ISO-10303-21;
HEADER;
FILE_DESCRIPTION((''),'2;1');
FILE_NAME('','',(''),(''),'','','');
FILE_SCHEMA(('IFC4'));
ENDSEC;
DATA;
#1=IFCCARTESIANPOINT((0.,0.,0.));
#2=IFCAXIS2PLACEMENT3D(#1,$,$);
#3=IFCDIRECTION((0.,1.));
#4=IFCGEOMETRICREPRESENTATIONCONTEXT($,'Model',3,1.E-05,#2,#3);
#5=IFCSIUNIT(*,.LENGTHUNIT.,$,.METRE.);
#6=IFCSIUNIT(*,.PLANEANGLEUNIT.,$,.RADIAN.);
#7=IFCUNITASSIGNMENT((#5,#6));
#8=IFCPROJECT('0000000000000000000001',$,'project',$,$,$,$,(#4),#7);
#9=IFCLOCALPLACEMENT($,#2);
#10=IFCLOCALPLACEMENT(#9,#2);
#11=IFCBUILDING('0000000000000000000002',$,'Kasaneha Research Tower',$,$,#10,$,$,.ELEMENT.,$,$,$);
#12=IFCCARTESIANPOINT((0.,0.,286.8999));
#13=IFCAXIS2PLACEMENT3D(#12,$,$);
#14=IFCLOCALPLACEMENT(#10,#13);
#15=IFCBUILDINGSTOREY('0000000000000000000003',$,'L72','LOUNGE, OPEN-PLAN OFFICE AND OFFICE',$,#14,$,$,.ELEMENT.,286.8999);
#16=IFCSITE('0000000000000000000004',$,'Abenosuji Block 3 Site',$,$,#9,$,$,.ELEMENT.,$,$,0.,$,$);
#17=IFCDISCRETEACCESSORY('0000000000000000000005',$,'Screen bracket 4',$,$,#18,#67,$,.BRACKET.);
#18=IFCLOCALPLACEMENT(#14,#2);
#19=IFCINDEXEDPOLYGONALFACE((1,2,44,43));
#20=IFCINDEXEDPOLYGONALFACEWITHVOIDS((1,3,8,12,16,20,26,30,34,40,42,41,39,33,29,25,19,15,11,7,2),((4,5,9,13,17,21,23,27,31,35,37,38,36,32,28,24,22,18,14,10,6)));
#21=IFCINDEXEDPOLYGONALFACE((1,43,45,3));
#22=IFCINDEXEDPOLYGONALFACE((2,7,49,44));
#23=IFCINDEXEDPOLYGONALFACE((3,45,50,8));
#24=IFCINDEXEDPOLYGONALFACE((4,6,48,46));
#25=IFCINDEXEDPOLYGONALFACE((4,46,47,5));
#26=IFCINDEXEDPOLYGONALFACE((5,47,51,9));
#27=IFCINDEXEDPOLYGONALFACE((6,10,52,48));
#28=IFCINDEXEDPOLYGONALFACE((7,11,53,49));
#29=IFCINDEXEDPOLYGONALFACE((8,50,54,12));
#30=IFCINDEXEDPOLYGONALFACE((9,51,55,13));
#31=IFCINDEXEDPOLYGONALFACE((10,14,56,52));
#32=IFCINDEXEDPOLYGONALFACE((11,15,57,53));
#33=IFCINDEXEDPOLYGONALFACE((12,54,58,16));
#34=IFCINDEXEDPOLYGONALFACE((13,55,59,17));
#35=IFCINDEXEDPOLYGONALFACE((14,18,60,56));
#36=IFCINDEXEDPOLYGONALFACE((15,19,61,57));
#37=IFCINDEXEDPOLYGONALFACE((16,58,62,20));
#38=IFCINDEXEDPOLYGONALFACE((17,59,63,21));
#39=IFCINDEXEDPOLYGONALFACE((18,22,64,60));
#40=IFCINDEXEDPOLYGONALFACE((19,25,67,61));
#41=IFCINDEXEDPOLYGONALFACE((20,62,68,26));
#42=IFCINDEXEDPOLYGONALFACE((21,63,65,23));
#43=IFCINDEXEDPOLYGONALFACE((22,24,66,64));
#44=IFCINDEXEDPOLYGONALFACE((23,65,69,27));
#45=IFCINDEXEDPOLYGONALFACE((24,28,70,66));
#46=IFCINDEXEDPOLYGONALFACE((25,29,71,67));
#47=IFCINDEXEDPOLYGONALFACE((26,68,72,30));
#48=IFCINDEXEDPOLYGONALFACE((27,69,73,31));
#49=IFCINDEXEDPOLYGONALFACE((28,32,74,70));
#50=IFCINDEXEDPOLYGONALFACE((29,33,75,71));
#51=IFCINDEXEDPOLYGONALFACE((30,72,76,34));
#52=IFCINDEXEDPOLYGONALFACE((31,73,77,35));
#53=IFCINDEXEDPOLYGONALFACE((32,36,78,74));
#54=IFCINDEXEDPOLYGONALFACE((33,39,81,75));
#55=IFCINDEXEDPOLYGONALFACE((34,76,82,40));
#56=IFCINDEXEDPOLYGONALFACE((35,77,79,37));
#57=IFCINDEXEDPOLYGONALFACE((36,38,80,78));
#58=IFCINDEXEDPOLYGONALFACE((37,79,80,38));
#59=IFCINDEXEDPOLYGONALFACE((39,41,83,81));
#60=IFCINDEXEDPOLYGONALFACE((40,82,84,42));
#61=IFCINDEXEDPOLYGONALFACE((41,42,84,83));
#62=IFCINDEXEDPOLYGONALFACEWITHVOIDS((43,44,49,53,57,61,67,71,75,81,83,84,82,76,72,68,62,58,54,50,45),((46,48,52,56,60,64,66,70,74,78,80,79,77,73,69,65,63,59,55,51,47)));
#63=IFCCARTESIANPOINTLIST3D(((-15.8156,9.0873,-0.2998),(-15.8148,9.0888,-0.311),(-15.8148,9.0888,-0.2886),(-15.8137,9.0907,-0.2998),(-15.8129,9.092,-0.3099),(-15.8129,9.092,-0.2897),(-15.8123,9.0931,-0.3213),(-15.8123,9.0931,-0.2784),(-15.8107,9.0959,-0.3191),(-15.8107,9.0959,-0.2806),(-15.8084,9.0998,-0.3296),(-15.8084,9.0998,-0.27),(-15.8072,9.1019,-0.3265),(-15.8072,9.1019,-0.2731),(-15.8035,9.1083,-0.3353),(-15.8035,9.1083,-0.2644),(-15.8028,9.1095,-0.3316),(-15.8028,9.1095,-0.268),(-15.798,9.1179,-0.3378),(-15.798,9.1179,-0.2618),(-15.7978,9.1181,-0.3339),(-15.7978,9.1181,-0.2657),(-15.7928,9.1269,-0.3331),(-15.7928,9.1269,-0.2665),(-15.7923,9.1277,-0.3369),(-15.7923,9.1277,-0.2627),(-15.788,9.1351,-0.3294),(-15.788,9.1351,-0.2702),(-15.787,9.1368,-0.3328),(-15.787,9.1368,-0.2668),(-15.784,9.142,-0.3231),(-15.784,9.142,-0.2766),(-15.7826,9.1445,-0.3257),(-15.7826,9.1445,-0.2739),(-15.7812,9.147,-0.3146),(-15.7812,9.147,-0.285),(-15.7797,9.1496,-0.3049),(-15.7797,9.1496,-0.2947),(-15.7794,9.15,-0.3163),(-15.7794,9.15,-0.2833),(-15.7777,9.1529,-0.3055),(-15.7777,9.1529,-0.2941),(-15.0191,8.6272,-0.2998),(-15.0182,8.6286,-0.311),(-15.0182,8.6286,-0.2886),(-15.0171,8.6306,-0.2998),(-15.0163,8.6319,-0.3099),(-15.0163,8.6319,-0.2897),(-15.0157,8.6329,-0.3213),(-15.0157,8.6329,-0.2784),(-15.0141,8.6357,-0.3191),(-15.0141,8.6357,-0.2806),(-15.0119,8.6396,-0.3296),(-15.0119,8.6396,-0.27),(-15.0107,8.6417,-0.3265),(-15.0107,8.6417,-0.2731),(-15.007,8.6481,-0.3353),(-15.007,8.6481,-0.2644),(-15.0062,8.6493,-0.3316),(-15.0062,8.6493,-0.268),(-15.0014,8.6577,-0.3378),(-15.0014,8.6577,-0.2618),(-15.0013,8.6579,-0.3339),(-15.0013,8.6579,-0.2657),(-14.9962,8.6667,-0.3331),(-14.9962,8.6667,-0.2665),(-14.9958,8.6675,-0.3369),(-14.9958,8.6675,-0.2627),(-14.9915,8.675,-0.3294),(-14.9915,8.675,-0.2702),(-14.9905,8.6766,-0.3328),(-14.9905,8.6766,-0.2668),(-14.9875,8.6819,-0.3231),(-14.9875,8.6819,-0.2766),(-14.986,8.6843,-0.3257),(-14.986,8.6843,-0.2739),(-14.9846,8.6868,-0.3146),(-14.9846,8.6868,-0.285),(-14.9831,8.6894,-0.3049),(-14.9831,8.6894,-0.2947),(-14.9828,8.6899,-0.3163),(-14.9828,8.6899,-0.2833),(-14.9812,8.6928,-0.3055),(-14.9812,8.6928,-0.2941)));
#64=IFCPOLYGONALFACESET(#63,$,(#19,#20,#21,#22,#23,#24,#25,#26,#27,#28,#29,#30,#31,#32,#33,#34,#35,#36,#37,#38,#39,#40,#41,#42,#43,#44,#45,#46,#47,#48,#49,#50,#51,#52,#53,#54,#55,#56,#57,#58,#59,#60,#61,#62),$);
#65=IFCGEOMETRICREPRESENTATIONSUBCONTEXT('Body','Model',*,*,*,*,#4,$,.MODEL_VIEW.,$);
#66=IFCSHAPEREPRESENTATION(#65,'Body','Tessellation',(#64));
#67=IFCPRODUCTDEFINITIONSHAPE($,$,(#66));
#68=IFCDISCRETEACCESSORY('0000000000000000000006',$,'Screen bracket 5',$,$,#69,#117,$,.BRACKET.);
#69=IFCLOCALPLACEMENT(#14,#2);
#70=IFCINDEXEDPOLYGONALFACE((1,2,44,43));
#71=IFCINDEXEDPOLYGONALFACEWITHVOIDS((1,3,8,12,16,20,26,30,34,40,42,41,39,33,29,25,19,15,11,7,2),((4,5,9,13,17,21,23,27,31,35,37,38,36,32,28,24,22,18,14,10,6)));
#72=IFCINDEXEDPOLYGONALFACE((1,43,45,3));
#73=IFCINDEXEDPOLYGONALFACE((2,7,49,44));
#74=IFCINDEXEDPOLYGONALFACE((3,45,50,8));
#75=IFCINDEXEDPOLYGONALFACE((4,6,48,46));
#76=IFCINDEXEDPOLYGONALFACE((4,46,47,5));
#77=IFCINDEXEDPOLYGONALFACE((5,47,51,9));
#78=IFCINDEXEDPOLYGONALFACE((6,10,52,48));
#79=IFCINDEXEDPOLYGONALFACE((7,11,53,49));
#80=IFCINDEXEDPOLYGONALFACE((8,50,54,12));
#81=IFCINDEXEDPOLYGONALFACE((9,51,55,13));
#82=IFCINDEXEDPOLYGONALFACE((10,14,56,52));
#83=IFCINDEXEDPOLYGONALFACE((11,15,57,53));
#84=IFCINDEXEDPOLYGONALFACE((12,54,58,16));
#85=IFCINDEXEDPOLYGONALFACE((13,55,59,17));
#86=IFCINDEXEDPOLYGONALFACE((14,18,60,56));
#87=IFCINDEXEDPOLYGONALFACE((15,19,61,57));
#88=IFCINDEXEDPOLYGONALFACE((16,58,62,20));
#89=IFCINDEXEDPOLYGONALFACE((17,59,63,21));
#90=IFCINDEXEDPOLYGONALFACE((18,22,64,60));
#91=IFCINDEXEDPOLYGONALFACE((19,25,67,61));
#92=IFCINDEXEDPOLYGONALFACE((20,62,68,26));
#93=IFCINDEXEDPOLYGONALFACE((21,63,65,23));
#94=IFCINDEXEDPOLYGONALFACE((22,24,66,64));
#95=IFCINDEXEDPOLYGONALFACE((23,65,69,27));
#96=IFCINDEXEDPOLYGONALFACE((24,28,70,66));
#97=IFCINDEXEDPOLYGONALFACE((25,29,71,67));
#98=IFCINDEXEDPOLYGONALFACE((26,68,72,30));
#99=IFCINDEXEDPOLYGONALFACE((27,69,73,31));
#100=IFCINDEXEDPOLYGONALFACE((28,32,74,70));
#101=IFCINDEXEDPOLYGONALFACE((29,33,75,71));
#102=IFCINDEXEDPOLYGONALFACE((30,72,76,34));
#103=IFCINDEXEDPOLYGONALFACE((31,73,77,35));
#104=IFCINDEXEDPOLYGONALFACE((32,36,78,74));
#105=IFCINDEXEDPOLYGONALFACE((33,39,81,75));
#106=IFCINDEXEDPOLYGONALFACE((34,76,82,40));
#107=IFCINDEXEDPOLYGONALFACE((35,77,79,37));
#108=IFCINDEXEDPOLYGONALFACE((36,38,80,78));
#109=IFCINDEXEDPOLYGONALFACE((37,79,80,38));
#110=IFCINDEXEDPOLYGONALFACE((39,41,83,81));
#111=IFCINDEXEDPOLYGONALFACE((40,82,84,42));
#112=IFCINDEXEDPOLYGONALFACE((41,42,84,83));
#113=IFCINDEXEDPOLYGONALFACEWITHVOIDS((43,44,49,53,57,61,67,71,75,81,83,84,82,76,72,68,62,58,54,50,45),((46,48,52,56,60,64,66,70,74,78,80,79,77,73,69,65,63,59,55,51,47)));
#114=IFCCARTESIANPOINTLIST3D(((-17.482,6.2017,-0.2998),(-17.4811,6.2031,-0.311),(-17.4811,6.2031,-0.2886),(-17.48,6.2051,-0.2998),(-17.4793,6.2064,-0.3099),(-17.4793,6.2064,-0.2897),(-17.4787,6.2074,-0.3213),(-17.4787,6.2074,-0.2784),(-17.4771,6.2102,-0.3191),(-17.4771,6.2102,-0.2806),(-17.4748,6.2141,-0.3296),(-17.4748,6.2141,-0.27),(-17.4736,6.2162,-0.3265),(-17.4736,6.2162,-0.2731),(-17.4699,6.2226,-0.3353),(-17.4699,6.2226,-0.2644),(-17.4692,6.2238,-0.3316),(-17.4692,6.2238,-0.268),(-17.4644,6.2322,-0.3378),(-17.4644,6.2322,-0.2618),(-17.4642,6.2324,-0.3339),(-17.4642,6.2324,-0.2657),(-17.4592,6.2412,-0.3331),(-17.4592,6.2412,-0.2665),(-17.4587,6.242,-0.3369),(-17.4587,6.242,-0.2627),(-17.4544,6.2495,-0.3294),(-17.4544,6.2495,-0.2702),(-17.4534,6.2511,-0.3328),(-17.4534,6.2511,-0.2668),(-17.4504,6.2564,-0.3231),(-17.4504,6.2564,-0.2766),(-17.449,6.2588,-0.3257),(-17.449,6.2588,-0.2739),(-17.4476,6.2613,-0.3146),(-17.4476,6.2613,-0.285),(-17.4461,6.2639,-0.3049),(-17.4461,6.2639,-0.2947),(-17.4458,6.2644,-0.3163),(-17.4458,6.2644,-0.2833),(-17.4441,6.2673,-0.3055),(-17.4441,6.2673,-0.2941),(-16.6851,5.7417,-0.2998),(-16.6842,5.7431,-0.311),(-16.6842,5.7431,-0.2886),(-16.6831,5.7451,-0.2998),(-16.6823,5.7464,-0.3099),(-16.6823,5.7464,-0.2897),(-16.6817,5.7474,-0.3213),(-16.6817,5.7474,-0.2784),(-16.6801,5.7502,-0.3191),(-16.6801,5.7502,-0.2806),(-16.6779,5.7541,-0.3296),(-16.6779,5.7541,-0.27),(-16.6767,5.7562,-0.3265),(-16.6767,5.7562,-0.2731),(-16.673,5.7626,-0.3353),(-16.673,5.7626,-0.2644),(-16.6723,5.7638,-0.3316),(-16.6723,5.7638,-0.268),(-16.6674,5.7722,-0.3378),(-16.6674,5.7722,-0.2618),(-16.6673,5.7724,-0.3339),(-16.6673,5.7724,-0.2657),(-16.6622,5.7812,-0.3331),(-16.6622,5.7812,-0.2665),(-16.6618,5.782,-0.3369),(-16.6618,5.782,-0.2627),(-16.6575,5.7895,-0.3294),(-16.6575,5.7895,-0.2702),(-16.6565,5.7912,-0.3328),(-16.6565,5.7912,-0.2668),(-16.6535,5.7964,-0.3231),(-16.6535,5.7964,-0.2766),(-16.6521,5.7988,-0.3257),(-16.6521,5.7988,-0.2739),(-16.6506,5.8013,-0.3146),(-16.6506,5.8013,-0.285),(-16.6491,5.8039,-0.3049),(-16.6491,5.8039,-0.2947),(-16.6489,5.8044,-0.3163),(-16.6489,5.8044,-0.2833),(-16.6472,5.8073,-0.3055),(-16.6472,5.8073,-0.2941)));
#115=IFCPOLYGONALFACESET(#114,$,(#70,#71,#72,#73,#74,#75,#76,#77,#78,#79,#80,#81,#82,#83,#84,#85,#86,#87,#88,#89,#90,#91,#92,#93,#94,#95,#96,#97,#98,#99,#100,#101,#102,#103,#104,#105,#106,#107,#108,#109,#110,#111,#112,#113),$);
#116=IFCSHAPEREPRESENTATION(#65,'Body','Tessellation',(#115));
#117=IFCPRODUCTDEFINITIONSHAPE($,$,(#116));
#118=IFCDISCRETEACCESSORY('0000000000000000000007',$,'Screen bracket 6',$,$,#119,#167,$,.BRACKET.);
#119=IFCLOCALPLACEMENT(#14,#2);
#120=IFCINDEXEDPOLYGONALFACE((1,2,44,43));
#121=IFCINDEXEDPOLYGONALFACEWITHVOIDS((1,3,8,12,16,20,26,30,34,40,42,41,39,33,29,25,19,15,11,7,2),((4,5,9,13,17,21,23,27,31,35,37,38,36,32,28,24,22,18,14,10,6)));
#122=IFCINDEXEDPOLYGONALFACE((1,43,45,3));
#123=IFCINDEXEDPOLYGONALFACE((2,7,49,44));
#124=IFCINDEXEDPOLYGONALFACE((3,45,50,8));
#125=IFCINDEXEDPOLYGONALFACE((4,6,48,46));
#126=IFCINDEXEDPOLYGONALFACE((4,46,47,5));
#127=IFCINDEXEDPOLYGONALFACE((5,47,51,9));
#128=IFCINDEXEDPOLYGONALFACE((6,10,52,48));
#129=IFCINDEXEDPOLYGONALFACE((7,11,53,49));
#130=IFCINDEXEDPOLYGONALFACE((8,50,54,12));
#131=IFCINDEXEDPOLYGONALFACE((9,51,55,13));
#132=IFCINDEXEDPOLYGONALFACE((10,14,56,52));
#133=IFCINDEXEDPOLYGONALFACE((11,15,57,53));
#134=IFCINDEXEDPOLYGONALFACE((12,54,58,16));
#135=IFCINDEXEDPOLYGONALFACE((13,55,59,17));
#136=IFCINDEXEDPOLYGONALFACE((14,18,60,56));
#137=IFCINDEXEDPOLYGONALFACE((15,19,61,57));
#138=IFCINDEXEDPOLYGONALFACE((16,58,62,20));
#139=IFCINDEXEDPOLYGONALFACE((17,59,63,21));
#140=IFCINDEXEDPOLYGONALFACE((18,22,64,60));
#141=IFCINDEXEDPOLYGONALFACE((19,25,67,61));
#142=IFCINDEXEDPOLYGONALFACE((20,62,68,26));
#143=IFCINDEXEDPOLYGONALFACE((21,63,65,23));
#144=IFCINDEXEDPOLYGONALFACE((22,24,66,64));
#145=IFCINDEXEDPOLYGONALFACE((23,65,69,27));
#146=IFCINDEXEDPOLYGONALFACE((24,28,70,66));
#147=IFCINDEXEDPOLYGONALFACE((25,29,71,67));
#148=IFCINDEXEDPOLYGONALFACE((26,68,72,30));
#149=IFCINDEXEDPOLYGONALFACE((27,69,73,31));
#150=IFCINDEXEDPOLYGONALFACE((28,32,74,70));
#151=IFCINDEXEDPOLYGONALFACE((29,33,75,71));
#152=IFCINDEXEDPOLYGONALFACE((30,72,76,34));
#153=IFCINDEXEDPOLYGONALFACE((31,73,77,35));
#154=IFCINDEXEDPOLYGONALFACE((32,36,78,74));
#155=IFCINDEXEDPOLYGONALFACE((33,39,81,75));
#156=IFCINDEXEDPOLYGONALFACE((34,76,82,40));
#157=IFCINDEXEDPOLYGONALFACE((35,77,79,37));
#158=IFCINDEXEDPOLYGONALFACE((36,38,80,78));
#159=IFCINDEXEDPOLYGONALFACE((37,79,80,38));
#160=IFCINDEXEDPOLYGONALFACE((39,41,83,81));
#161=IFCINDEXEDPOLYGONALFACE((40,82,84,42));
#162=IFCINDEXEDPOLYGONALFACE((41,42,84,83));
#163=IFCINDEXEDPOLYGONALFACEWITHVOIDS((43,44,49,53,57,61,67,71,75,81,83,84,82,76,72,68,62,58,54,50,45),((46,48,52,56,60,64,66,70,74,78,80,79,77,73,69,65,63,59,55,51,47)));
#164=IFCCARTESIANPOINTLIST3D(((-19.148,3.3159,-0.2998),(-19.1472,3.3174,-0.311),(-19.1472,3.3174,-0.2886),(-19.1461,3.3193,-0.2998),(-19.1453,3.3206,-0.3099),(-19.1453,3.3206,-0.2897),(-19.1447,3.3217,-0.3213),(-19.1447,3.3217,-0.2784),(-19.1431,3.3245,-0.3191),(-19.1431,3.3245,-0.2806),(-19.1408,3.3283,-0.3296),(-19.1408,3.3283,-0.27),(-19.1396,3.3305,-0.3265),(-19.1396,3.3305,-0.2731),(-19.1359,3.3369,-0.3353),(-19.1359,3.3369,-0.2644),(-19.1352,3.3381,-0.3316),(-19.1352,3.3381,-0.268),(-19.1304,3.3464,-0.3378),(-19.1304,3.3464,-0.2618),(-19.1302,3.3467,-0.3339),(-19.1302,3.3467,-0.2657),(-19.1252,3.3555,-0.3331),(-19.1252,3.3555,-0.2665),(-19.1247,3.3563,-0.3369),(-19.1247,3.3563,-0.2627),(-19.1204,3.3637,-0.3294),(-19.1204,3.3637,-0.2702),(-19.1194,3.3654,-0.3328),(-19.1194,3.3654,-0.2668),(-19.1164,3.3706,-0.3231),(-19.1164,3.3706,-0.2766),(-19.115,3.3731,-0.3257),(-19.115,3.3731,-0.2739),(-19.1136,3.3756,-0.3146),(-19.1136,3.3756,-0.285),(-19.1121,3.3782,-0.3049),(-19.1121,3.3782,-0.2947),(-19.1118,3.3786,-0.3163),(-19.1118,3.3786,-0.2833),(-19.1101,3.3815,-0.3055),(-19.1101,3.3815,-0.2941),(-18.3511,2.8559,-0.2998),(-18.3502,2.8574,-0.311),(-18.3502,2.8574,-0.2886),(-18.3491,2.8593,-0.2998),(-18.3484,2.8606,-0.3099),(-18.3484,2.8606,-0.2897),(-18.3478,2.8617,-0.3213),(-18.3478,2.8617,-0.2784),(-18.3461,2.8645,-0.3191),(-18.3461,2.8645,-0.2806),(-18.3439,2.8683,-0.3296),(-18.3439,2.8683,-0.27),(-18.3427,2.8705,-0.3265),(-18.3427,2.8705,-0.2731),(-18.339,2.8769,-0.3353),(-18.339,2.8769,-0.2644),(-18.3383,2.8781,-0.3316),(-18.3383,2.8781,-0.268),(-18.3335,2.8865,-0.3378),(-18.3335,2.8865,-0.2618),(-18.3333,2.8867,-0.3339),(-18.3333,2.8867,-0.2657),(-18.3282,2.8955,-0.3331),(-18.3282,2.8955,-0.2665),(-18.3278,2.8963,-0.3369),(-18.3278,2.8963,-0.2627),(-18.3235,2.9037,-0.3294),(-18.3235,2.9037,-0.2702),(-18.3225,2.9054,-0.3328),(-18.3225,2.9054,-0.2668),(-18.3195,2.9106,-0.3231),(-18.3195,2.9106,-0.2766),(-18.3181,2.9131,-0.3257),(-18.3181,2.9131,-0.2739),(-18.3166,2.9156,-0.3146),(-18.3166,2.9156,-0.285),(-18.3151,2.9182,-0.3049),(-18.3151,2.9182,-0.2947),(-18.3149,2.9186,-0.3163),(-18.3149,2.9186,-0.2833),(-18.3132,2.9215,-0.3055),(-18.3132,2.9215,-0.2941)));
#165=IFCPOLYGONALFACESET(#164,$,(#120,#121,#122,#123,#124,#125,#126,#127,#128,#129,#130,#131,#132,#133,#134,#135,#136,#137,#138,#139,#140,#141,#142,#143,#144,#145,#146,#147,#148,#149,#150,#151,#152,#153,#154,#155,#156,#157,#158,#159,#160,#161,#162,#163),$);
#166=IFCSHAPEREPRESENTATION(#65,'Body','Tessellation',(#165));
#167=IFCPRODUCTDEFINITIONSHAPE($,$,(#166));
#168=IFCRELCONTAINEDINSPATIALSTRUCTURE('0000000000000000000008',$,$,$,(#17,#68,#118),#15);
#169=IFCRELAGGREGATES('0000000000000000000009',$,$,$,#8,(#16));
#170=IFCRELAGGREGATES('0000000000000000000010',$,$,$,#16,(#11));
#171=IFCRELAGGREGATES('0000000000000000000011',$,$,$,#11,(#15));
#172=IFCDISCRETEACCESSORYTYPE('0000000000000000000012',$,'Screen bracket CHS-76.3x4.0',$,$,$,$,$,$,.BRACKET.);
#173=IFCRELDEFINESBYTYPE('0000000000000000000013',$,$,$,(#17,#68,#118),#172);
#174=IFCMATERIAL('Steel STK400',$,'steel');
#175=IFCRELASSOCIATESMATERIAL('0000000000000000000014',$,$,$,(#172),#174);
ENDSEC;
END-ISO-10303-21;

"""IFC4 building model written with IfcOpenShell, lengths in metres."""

from ifc_helpers import new_model, si_unit, direction, frame, origin, origin_2d, place, context, subcontext, project, spatial, hollow_circle, extrude, material, material_profile, profile_set, type_object, element, save


model = new_model("IFC4")

# Units and contexts
model_context = context("Model", 3, precision=1e-05, world=origin(), true_north=direction((0.0, 1.0)))
body_context = subcontext(model_context, "Body", "Model", "MODEL_VIEW")
ifc_project = project(units=[si_unit("LENGTHUNIT", "METRE"), si_unit("PLANEANGLEUNIT", "RADIAN")], contexts=[model_context])

# Site, building, storey
site_placement = place(None, origin())
site = spatial("IfcSite", under=ifc_project, at=site_placement, Name="Abenosuji Block 3 Site", CompositionType="ELEMENT", RefElevation=0.0)
building_placement = place(site_placement, origin())
building = spatial("IfcBuilding", under=site, at=building_placement, Name="Kasaneha Research Tower", CompositionType="ELEMENT")
storey_placement = place(building_placement, frame((0.0, 0.0, 286.8999)))
storey = spatial("IfcBuildingStorey", under=building, at=storey_placement, Name="L72", Description="LOUNGE, OPEN-PLAN OFFICE AND OFFICE", CompositionType="ELEMENT", Elevation=286.8999)

# Discrete accessories
ifc_material_1 = material(Name="Steel STK400", Category="steel")
ifc_material_profile_1 = material_profile(ifc_material_1, hollow_circle(Radius=0.0381, WallThickness=0.0039, at=origin_2d()), Name="CHS-76.3x4.0")
ifc_profile_set_1 = profile_set([ifc_material_profile_1], Name="Steel STK400")
discrete_accessory_type = type_object("IfcDiscreteAccessoryType", Name="Screen bracket CHS-76.3x4.0", PredefinedType="BRACKET", material=ifc_profile_set_1)
discrete_accessory_1_placement = place(storey_placement, frame((-15.0, 8.6602, -0.2998), z_axis=(-0.865898, 0.50022, 0.0), x_axis=(-0.50022, -0.865898, 0.0)))
element("IfcDiscreteAccessory", 1, at=discrete_accessory_1_placement, inside=storey, type_object=discrete_accessory_type, Name="Screen bracket 4", PredefinedType="BRACKET", context=body_context, shape_type="SweptSolid", body=[
    extrude(hollow_circle(Radius=0.0381, WallThickness=0.0039, at=origin_2d()), origin(), (0.0, 0.0, 1.0), 0.9199),
])
for number, where, z_axis, x_axis, name in (
    (2, (-16.666, 5.7747, -0.2998), (-0.86608, 0.499906, 0.0), (-0.499906, -0.86608, 0.0), "Screen bracket 5"),
    (3, (-18.332, 2.8889, -0.2998), (-0.86608, 0.499906, 0.0), (-0.499906, -0.86608, 0.0), "Screen bracket 6"),
):
    element("IfcDiscreteAccessory", number, at=place(storey_placement, frame(where, z_axis=z_axis, x_axis=x_axis)), inside=storey, type_object=discrete_accessory_type, Name=name, PredefinedType="BRACKET", context=body_context, shape_type="SweptSolid", body=[
        extrude(hollow_circle(Radius=0.0381, WallThickness=0.0039, at=origin_2d()), origin(), (0.0, 0.0, 1.0), 0.9202),
    ])

save(model, "model.ifc")
